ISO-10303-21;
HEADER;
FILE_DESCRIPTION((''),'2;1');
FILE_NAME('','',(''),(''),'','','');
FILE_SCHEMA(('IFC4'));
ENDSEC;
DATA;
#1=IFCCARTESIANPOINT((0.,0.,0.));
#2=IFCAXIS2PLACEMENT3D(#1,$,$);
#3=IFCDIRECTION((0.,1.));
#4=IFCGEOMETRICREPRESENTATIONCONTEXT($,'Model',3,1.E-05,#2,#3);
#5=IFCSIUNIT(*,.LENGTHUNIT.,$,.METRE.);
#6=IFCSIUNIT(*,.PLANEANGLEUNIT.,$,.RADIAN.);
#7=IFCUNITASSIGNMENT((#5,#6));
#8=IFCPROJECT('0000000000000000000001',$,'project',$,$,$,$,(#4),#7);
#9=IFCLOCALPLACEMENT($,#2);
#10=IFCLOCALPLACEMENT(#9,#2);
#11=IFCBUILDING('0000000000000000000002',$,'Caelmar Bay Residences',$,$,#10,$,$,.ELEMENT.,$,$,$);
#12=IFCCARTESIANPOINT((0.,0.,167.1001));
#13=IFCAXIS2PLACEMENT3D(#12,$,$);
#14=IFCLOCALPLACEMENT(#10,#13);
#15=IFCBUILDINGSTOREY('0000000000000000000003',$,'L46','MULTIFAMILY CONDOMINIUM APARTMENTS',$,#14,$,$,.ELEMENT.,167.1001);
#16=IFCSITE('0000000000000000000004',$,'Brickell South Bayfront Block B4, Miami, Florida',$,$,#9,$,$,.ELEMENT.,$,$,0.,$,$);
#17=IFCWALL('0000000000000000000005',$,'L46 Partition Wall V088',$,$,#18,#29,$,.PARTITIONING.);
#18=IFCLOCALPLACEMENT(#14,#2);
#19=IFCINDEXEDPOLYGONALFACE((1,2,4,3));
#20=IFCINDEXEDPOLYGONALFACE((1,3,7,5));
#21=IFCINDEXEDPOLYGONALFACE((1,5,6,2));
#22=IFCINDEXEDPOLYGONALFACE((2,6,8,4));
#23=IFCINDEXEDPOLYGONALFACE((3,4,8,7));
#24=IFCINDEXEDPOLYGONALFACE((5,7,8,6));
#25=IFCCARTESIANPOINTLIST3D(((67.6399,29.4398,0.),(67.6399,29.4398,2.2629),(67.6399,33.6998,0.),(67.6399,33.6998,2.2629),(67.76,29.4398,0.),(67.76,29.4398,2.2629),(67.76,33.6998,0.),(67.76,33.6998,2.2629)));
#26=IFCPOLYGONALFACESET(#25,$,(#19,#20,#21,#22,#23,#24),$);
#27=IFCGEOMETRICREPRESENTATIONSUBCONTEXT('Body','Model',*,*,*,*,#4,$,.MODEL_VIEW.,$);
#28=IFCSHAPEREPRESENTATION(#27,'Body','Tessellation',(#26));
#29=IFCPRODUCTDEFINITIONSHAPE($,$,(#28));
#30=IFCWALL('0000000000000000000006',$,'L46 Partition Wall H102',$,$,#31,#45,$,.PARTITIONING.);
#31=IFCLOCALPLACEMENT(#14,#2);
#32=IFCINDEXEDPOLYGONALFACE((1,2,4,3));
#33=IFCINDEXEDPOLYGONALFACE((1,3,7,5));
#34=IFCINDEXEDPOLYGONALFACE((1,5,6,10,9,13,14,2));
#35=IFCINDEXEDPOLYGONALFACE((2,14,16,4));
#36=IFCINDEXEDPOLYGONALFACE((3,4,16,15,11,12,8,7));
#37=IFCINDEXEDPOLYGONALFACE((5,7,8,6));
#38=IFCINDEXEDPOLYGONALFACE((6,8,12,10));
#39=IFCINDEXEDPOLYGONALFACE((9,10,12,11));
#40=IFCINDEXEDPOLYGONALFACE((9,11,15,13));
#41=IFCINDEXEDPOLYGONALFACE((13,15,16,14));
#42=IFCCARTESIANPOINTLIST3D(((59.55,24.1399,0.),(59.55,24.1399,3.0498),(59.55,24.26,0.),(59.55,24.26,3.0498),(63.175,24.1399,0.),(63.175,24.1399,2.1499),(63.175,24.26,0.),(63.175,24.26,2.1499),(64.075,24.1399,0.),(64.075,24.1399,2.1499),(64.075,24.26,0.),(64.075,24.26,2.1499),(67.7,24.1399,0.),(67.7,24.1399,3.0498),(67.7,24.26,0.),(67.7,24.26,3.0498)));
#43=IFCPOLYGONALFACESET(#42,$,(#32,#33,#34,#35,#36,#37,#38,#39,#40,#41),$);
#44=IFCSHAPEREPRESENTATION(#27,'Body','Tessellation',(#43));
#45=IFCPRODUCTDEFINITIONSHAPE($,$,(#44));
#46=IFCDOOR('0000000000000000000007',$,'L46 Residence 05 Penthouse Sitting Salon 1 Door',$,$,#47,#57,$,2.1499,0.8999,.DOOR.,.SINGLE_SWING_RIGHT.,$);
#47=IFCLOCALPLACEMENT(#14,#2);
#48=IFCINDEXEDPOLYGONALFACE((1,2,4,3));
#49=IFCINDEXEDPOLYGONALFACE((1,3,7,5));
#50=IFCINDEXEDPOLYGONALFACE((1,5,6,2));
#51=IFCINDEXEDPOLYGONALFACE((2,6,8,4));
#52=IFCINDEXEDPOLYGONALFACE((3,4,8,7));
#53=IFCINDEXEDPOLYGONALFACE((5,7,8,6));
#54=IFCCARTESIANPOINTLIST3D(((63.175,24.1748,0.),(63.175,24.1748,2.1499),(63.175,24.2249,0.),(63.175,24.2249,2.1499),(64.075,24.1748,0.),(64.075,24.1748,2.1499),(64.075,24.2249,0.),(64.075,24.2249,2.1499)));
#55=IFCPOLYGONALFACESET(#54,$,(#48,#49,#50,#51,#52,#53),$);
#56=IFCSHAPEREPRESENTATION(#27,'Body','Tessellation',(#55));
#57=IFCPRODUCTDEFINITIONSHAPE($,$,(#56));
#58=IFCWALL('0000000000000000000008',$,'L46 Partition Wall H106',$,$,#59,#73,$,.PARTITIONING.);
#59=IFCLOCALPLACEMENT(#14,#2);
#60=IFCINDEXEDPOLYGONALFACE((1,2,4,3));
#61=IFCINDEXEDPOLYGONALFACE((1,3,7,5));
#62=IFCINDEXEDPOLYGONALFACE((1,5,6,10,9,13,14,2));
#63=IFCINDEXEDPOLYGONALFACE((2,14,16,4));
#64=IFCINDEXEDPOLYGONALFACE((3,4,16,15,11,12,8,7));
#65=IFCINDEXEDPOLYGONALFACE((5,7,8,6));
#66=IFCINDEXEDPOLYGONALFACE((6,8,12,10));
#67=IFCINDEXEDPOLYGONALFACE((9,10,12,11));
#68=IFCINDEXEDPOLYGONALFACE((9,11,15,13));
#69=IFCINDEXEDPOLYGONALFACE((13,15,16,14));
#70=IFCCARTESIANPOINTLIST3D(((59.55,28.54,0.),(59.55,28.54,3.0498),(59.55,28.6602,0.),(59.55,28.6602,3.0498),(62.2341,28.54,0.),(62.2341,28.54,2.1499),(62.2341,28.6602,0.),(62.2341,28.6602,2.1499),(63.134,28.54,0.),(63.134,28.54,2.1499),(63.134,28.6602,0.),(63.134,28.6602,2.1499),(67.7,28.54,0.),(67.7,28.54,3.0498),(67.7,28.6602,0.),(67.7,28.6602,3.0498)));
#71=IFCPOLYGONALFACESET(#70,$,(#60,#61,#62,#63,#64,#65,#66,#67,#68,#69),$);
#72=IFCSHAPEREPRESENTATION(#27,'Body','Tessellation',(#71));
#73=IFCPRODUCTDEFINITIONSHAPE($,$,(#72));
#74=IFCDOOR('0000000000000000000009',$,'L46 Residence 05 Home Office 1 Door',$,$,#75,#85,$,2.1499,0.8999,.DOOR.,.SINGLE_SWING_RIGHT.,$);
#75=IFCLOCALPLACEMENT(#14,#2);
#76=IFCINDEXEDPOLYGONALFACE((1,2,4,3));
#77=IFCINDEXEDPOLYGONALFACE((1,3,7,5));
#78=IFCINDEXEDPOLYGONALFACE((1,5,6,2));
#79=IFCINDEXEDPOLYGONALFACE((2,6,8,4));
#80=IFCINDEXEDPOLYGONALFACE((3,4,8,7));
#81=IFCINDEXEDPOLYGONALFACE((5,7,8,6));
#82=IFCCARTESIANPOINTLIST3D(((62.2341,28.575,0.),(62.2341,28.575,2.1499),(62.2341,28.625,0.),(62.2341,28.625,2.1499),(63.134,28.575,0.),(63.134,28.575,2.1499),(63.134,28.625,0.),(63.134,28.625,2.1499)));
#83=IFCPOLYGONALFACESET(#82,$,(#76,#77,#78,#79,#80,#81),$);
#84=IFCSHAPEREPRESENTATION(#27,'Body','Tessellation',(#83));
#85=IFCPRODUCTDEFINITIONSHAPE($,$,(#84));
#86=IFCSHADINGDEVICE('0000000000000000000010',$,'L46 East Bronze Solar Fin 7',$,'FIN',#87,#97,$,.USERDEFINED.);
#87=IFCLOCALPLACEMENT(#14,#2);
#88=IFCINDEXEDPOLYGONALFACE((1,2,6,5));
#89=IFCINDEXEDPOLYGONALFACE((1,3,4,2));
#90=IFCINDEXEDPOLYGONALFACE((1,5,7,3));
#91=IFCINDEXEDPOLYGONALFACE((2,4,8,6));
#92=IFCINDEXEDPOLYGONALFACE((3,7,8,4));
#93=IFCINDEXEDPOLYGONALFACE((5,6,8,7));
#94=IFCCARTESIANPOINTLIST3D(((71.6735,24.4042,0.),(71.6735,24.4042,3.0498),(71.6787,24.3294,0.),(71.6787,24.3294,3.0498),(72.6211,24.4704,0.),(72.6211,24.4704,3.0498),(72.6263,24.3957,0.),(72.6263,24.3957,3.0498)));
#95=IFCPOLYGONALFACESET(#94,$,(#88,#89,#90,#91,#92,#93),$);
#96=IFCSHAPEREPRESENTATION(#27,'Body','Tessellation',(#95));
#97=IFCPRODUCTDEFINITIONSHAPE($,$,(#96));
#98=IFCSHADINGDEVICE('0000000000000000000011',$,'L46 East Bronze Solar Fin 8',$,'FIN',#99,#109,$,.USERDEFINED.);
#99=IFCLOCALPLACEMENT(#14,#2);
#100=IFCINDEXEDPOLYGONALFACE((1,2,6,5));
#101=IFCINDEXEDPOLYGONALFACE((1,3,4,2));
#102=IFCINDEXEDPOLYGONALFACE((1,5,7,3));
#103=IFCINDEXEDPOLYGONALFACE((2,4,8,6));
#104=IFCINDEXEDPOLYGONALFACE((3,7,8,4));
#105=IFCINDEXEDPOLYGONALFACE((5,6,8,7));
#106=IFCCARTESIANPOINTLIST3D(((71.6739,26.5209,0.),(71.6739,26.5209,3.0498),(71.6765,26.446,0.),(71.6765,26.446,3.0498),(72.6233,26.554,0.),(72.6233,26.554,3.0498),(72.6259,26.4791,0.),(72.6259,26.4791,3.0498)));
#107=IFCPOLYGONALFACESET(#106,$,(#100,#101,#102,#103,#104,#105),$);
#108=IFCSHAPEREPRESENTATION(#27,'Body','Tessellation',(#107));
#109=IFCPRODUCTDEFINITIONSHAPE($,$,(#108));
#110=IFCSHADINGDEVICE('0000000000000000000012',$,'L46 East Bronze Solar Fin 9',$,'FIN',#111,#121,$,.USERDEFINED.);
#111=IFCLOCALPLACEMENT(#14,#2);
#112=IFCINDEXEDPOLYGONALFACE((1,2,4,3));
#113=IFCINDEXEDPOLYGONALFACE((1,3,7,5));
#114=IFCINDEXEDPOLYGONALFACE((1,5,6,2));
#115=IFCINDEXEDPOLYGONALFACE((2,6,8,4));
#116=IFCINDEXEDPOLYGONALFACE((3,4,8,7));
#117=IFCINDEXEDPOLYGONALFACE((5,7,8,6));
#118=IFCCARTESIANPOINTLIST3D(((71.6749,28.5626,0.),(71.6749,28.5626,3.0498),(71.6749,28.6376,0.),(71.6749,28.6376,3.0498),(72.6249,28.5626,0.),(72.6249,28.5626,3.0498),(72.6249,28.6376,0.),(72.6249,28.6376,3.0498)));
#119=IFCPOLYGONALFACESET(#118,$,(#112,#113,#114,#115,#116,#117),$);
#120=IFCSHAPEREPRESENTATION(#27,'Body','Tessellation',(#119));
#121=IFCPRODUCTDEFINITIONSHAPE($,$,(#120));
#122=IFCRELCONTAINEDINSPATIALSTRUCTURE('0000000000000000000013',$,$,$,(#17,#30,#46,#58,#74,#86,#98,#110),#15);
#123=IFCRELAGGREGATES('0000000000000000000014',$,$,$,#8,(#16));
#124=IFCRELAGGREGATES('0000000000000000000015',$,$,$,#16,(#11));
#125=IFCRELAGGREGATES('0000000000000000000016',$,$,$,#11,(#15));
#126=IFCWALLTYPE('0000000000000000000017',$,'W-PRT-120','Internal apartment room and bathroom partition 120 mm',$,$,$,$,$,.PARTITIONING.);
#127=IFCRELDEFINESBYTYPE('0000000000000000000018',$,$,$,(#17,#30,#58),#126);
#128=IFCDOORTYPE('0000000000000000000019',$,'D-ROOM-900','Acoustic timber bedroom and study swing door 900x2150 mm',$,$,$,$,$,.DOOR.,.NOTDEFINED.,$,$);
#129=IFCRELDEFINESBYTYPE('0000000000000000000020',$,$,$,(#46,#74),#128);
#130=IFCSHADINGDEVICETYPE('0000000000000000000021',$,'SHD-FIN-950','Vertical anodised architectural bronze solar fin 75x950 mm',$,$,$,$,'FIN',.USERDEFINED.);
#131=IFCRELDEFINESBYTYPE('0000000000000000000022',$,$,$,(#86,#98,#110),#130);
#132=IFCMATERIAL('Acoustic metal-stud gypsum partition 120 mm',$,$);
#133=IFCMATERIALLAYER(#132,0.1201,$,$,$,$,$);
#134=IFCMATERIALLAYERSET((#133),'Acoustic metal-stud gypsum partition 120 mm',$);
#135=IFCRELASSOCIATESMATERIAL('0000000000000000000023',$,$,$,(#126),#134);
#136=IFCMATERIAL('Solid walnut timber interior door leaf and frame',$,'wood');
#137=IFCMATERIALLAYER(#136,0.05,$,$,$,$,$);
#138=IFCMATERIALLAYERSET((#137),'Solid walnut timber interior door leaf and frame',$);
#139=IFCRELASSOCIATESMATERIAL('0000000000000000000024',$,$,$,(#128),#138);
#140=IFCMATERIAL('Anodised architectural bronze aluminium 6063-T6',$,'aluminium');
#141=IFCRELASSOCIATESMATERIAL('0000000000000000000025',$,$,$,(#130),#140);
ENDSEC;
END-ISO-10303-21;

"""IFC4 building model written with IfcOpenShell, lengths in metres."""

from ifc_helpers import new_model, si_unit, direction, frame, frame_2d, origin, origin_2d, place, context, subcontext, project, spatial, rectangle, extrude, material, layer, layer_set, material_profile, profile_set, type_object, element, fill, save


model = new_model("IFC4")

# Units and contexts
model_context = context("Model", 3, precision=1e-05, world=origin(), true_north=direction((0.0, 1.0)))
body_context = subcontext(model_context, "Body", "Model", "MODEL_VIEW")
ifc_project = project(units=[si_unit("LENGTHUNIT", "METRE"), si_unit("PLANEANGLEUNIT", "RADIAN")], contexts=[model_context])

# Site, building, storey
site_placement = place(None, origin())
site = spatial("IfcSite", under=ifc_project, at=site_placement, Name="Brickell South Bayfront Block B4, Miami, Florida", CompositionType="ELEMENT", RefElevation=0.0)
building_placement = place(site_placement, origin())
building = spatial("IfcBuilding", under=site, at=building_placement, Name="Caelmar Bay Residences", CompositionType="ELEMENT")
storey_placement = place(building_placement, frame((0.0, 0.0, 167.1001)))
storey = spatial("IfcBuildingStorey", under=building, at=storey_placement, Name="L46", Description="MULTIFAMILY CONDOMINIUM APARTMENTS", CompositionType="ELEMENT", Elevation=167.1001)

# Shared definitions
ifc_material_1 = material(Name="Acoustic metal-stud gypsum partition 120 mm")
ifc_layer_1 = layer(ifc_material_1, 0.1201)
ifc_layer_set_1 = layer_set([ifc_layer_1], Name="Acoustic metal-stud gypsum partition 120 mm")
wall_type = type_object("IfcWallType", Name="W-PRT-120", Description="Internal apartment room and bathroom partition 120 mm", PredefinedType="PARTITIONING", material=ifc_layer_set_1)

# Shared definitions
ifc_material_2 = material(Name="Solid walnut timber interior door leaf and frame", Category="wood")
ifc_layer_2 = layer(ifc_material_2, 0.05)
ifc_layer_set_2 = layer_set([ifc_layer_2], Name="Solid walnut timber interior door leaf and frame")
door_type_1 = type_object("IfcDoorType", Name="D-ROOM-900", Description="Acoustic timber bedroom and study swing door 900x2150 mm", OperationType="NOTDEFINED", PredefinedType="DOOR", material=ifc_layer_set_2)

# Wall
wall_1_placement = place(storey_placement, frame((67.7, 29.4399, 0.0), z_axis=(0.0, 0.0, 1.0), x_axis=(0.0, 1.0, 0.0)))
element("IfcWall", 1, at=wall_1_placement, inside=storey, type_object=wall_type, Name="L46 Partition Wall V088", PredefinedType="PARTITIONING", context=body_context, shape_type="SweptSolid", body=[
    extrude(rectangle(XDim=4.26, YDim=0.1201, at=frame_2d((2.1299, 0.0))), origin(), (0.0, 0.0, 1.0), 2.2629),
])

# Walls, openings, doors
wall_2_placement = place(storey_placement, frame((59.55, 24.2, 0.0), z_axis=(0.0, 0.0, 1.0), x_axis=(1.0, 0.0, 0.0)))
wall_2 = element("IfcWall", 2, at=wall_2_placement, inside=storey, type_object=wall_type, Name="L46 Partition Wall H102", PredefinedType="PARTITIONING", context=body_context, shape_type="SweptSolid", body=[
    extrude(rectangle(XDim=8.1499, YDim=0.1201, at=frame_2d((4.075, 0.0))), origin(), (0.0, 0.0, 1.0), 3.0498),
])
opening_1_placement = place(wall_2_placement, frame((3.625, 0.0, 0.0)))
opening_1 = element("IfcOpeningElement", 3, at=opening_1_placement, cuts=wall_2, PredefinedType="OPENING", context=body_context, shape_type="SweptSolid", body=[
    extrude(rectangle(XDim=0.8999, YDim=2.1499, at=frame_2d((0.45, 1.075))), frame((0.0, 0.0701, 0.0), z_axis=(0.0, -1.0, 0.0), x_axis=(1.0, 0.0, 0.0)), (0.0, 0.0, 1.0), 0.1401),
])
door_1_placement = place(opening_1_placement, origin())
door_1 = element("IfcDoor", 4, at=door_1_placement, inside=storey, type_object=door_type_1, Name="L46 Residence 05 Penthouse Sitting Salon 1 Door", OperationType="SINGLE_SWING_RIGHT", OverallHeight=2.1499, OverallWidth=0.8999, PredefinedType="DOOR", context=body_context, shape_type="SweptSolid", body=[
    extrude(rectangle(XDim=0.8999, YDim=2.1499, at=frame_2d((0.45, 1.075))), frame((0.0, 0.0249, 0.0), z_axis=(0.0, -1.0, 0.0), x_axis=(1.0, 0.0, 0.0)), (0.0, 0.0, 1.0), 0.05),
])
fill(opening_1, door_1)
wall_3_placement = place(storey_placement, frame((59.55, 28.6001, 0.0), z_axis=(0.0, 0.0, 1.0), x_axis=(1.0, 0.0, 0.0)))
wall_3 = element("IfcWall", 5, at=wall_3_placement, inside=storey, type_object=wall_type, Name="L46 Partition Wall H106", PredefinedType="PARTITIONING", context=body_context, shape_type="SweptSolid", body=[
    extrude(rectangle(XDim=8.1499, YDim=0.1201, at=frame_2d((4.075, 0.0))), origin(), (0.0, 0.0, 1.0), 3.0498),
])
opening_2_placement = place(wall_3_placement, frame((2.6841, 0.0, 0.0)))
opening_2 = element("IfcOpeningElement", 6, at=opening_2_placement, cuts=wall_3, PredefinedType="OPENING", context=body_context, shape_type="SweptSolid", body=[
    extrude(rectangle(XDim=0.8999, YDim=2.1499, at=frame_2d((0.45, 1.075))), frame((0.0, 0.0701, 0.0), z_axis=(0.0, -1.0, 0.0), x_axis=(1.0, 0.0, 0.0)), (0.0, 0.0, 1.0), 0.1401),
])
door_2_placement = place(opening_2_placement, origin())
door_2 = element("IfcDoor", 7, at=door_2_placement, inside=storey, type_object=door_type_1, Name="L46 Residence 05 Home Office 1 Door", OperationType="SINGLE_SWING_RIGHT", OverallHeight=2.1499, OverallWidth=0.8999, PredefinedType="DOOR", context=body_context, shape_type="SweptSolid", body=[
    extrude(rectangle(XDim=0.8999, YDim=2.1499, at=frame_2d((0.45, 1.075))), frame((0.0, 0.0249, 0.0), z_axis=(0.0, -1.0, 0.0), x_axis=(1.0, 0.0, 0.0)), (0.0, 0.0, 1.0), 0.05),
])
fill(opening_2, door_2)

# Shading devices
ifc_material_3 = material(Name="Anodised architectural bronze aluminium 6063-T6", Category="aluminium")
ifc_material_profile_1 = material_profile(ifc_material_3, rectangle(XDim=0.075, YDim=0.95, at=origin_2d()), Name="BRONZE-FIN-75X950")
ifc_profile_set_1 = profile_set([ifc_material_profile_1], Name="Anodised architectural bronze aluminium 6063-T6")
shading_device_type = type_object("IfcShadingDeviceType", Name="SHD-FIN-950", Description="Vertical anodised architectural bronze solar fin 75x950 mm", ElementType="FIN", PredefinedType="USERDEFINED", material=ifc_profile_set_1)
for number, where, z_axis, x_axis, name in (
    (8, (72.1499, 24.3999, 0.0), (0.0, 0.0, 1.0), (-0.069756, 0.997564, 0.0), "L46 East Bronze Solar Fin 7"),
    (9, (72.1499, 26.5, 0.0), (0.0, 0.0, 1.0), (-0.034899, 0.999391, 0.0), "L46 East Bronze Solar Fin 8"),
    (10, (72.1499, 28.6001, 0.0), (0.0, 0.0, 1.0), (0.0, 1.0, 0.0), "L46 East Bronze Solar Fin 9"),
):
    element("IfcShadingDevice", number, at=place(storey_placement, frame(where, z_axis=z_axis, x_axis=x_axis)), inside=storey, type_object=shading_device_type, Name=name, ObjectType="FIN", PredefinedType="USERDEFINED", context=body_context, shape_type="SweptSolid", body=[
        extrude(rectangle(XDim=0.075, YDim=0.95, at=origin_2d()), origin(), (0.0, 0.0, 1.0), 3.0498),
    ])

save(model, "model.ifc")
